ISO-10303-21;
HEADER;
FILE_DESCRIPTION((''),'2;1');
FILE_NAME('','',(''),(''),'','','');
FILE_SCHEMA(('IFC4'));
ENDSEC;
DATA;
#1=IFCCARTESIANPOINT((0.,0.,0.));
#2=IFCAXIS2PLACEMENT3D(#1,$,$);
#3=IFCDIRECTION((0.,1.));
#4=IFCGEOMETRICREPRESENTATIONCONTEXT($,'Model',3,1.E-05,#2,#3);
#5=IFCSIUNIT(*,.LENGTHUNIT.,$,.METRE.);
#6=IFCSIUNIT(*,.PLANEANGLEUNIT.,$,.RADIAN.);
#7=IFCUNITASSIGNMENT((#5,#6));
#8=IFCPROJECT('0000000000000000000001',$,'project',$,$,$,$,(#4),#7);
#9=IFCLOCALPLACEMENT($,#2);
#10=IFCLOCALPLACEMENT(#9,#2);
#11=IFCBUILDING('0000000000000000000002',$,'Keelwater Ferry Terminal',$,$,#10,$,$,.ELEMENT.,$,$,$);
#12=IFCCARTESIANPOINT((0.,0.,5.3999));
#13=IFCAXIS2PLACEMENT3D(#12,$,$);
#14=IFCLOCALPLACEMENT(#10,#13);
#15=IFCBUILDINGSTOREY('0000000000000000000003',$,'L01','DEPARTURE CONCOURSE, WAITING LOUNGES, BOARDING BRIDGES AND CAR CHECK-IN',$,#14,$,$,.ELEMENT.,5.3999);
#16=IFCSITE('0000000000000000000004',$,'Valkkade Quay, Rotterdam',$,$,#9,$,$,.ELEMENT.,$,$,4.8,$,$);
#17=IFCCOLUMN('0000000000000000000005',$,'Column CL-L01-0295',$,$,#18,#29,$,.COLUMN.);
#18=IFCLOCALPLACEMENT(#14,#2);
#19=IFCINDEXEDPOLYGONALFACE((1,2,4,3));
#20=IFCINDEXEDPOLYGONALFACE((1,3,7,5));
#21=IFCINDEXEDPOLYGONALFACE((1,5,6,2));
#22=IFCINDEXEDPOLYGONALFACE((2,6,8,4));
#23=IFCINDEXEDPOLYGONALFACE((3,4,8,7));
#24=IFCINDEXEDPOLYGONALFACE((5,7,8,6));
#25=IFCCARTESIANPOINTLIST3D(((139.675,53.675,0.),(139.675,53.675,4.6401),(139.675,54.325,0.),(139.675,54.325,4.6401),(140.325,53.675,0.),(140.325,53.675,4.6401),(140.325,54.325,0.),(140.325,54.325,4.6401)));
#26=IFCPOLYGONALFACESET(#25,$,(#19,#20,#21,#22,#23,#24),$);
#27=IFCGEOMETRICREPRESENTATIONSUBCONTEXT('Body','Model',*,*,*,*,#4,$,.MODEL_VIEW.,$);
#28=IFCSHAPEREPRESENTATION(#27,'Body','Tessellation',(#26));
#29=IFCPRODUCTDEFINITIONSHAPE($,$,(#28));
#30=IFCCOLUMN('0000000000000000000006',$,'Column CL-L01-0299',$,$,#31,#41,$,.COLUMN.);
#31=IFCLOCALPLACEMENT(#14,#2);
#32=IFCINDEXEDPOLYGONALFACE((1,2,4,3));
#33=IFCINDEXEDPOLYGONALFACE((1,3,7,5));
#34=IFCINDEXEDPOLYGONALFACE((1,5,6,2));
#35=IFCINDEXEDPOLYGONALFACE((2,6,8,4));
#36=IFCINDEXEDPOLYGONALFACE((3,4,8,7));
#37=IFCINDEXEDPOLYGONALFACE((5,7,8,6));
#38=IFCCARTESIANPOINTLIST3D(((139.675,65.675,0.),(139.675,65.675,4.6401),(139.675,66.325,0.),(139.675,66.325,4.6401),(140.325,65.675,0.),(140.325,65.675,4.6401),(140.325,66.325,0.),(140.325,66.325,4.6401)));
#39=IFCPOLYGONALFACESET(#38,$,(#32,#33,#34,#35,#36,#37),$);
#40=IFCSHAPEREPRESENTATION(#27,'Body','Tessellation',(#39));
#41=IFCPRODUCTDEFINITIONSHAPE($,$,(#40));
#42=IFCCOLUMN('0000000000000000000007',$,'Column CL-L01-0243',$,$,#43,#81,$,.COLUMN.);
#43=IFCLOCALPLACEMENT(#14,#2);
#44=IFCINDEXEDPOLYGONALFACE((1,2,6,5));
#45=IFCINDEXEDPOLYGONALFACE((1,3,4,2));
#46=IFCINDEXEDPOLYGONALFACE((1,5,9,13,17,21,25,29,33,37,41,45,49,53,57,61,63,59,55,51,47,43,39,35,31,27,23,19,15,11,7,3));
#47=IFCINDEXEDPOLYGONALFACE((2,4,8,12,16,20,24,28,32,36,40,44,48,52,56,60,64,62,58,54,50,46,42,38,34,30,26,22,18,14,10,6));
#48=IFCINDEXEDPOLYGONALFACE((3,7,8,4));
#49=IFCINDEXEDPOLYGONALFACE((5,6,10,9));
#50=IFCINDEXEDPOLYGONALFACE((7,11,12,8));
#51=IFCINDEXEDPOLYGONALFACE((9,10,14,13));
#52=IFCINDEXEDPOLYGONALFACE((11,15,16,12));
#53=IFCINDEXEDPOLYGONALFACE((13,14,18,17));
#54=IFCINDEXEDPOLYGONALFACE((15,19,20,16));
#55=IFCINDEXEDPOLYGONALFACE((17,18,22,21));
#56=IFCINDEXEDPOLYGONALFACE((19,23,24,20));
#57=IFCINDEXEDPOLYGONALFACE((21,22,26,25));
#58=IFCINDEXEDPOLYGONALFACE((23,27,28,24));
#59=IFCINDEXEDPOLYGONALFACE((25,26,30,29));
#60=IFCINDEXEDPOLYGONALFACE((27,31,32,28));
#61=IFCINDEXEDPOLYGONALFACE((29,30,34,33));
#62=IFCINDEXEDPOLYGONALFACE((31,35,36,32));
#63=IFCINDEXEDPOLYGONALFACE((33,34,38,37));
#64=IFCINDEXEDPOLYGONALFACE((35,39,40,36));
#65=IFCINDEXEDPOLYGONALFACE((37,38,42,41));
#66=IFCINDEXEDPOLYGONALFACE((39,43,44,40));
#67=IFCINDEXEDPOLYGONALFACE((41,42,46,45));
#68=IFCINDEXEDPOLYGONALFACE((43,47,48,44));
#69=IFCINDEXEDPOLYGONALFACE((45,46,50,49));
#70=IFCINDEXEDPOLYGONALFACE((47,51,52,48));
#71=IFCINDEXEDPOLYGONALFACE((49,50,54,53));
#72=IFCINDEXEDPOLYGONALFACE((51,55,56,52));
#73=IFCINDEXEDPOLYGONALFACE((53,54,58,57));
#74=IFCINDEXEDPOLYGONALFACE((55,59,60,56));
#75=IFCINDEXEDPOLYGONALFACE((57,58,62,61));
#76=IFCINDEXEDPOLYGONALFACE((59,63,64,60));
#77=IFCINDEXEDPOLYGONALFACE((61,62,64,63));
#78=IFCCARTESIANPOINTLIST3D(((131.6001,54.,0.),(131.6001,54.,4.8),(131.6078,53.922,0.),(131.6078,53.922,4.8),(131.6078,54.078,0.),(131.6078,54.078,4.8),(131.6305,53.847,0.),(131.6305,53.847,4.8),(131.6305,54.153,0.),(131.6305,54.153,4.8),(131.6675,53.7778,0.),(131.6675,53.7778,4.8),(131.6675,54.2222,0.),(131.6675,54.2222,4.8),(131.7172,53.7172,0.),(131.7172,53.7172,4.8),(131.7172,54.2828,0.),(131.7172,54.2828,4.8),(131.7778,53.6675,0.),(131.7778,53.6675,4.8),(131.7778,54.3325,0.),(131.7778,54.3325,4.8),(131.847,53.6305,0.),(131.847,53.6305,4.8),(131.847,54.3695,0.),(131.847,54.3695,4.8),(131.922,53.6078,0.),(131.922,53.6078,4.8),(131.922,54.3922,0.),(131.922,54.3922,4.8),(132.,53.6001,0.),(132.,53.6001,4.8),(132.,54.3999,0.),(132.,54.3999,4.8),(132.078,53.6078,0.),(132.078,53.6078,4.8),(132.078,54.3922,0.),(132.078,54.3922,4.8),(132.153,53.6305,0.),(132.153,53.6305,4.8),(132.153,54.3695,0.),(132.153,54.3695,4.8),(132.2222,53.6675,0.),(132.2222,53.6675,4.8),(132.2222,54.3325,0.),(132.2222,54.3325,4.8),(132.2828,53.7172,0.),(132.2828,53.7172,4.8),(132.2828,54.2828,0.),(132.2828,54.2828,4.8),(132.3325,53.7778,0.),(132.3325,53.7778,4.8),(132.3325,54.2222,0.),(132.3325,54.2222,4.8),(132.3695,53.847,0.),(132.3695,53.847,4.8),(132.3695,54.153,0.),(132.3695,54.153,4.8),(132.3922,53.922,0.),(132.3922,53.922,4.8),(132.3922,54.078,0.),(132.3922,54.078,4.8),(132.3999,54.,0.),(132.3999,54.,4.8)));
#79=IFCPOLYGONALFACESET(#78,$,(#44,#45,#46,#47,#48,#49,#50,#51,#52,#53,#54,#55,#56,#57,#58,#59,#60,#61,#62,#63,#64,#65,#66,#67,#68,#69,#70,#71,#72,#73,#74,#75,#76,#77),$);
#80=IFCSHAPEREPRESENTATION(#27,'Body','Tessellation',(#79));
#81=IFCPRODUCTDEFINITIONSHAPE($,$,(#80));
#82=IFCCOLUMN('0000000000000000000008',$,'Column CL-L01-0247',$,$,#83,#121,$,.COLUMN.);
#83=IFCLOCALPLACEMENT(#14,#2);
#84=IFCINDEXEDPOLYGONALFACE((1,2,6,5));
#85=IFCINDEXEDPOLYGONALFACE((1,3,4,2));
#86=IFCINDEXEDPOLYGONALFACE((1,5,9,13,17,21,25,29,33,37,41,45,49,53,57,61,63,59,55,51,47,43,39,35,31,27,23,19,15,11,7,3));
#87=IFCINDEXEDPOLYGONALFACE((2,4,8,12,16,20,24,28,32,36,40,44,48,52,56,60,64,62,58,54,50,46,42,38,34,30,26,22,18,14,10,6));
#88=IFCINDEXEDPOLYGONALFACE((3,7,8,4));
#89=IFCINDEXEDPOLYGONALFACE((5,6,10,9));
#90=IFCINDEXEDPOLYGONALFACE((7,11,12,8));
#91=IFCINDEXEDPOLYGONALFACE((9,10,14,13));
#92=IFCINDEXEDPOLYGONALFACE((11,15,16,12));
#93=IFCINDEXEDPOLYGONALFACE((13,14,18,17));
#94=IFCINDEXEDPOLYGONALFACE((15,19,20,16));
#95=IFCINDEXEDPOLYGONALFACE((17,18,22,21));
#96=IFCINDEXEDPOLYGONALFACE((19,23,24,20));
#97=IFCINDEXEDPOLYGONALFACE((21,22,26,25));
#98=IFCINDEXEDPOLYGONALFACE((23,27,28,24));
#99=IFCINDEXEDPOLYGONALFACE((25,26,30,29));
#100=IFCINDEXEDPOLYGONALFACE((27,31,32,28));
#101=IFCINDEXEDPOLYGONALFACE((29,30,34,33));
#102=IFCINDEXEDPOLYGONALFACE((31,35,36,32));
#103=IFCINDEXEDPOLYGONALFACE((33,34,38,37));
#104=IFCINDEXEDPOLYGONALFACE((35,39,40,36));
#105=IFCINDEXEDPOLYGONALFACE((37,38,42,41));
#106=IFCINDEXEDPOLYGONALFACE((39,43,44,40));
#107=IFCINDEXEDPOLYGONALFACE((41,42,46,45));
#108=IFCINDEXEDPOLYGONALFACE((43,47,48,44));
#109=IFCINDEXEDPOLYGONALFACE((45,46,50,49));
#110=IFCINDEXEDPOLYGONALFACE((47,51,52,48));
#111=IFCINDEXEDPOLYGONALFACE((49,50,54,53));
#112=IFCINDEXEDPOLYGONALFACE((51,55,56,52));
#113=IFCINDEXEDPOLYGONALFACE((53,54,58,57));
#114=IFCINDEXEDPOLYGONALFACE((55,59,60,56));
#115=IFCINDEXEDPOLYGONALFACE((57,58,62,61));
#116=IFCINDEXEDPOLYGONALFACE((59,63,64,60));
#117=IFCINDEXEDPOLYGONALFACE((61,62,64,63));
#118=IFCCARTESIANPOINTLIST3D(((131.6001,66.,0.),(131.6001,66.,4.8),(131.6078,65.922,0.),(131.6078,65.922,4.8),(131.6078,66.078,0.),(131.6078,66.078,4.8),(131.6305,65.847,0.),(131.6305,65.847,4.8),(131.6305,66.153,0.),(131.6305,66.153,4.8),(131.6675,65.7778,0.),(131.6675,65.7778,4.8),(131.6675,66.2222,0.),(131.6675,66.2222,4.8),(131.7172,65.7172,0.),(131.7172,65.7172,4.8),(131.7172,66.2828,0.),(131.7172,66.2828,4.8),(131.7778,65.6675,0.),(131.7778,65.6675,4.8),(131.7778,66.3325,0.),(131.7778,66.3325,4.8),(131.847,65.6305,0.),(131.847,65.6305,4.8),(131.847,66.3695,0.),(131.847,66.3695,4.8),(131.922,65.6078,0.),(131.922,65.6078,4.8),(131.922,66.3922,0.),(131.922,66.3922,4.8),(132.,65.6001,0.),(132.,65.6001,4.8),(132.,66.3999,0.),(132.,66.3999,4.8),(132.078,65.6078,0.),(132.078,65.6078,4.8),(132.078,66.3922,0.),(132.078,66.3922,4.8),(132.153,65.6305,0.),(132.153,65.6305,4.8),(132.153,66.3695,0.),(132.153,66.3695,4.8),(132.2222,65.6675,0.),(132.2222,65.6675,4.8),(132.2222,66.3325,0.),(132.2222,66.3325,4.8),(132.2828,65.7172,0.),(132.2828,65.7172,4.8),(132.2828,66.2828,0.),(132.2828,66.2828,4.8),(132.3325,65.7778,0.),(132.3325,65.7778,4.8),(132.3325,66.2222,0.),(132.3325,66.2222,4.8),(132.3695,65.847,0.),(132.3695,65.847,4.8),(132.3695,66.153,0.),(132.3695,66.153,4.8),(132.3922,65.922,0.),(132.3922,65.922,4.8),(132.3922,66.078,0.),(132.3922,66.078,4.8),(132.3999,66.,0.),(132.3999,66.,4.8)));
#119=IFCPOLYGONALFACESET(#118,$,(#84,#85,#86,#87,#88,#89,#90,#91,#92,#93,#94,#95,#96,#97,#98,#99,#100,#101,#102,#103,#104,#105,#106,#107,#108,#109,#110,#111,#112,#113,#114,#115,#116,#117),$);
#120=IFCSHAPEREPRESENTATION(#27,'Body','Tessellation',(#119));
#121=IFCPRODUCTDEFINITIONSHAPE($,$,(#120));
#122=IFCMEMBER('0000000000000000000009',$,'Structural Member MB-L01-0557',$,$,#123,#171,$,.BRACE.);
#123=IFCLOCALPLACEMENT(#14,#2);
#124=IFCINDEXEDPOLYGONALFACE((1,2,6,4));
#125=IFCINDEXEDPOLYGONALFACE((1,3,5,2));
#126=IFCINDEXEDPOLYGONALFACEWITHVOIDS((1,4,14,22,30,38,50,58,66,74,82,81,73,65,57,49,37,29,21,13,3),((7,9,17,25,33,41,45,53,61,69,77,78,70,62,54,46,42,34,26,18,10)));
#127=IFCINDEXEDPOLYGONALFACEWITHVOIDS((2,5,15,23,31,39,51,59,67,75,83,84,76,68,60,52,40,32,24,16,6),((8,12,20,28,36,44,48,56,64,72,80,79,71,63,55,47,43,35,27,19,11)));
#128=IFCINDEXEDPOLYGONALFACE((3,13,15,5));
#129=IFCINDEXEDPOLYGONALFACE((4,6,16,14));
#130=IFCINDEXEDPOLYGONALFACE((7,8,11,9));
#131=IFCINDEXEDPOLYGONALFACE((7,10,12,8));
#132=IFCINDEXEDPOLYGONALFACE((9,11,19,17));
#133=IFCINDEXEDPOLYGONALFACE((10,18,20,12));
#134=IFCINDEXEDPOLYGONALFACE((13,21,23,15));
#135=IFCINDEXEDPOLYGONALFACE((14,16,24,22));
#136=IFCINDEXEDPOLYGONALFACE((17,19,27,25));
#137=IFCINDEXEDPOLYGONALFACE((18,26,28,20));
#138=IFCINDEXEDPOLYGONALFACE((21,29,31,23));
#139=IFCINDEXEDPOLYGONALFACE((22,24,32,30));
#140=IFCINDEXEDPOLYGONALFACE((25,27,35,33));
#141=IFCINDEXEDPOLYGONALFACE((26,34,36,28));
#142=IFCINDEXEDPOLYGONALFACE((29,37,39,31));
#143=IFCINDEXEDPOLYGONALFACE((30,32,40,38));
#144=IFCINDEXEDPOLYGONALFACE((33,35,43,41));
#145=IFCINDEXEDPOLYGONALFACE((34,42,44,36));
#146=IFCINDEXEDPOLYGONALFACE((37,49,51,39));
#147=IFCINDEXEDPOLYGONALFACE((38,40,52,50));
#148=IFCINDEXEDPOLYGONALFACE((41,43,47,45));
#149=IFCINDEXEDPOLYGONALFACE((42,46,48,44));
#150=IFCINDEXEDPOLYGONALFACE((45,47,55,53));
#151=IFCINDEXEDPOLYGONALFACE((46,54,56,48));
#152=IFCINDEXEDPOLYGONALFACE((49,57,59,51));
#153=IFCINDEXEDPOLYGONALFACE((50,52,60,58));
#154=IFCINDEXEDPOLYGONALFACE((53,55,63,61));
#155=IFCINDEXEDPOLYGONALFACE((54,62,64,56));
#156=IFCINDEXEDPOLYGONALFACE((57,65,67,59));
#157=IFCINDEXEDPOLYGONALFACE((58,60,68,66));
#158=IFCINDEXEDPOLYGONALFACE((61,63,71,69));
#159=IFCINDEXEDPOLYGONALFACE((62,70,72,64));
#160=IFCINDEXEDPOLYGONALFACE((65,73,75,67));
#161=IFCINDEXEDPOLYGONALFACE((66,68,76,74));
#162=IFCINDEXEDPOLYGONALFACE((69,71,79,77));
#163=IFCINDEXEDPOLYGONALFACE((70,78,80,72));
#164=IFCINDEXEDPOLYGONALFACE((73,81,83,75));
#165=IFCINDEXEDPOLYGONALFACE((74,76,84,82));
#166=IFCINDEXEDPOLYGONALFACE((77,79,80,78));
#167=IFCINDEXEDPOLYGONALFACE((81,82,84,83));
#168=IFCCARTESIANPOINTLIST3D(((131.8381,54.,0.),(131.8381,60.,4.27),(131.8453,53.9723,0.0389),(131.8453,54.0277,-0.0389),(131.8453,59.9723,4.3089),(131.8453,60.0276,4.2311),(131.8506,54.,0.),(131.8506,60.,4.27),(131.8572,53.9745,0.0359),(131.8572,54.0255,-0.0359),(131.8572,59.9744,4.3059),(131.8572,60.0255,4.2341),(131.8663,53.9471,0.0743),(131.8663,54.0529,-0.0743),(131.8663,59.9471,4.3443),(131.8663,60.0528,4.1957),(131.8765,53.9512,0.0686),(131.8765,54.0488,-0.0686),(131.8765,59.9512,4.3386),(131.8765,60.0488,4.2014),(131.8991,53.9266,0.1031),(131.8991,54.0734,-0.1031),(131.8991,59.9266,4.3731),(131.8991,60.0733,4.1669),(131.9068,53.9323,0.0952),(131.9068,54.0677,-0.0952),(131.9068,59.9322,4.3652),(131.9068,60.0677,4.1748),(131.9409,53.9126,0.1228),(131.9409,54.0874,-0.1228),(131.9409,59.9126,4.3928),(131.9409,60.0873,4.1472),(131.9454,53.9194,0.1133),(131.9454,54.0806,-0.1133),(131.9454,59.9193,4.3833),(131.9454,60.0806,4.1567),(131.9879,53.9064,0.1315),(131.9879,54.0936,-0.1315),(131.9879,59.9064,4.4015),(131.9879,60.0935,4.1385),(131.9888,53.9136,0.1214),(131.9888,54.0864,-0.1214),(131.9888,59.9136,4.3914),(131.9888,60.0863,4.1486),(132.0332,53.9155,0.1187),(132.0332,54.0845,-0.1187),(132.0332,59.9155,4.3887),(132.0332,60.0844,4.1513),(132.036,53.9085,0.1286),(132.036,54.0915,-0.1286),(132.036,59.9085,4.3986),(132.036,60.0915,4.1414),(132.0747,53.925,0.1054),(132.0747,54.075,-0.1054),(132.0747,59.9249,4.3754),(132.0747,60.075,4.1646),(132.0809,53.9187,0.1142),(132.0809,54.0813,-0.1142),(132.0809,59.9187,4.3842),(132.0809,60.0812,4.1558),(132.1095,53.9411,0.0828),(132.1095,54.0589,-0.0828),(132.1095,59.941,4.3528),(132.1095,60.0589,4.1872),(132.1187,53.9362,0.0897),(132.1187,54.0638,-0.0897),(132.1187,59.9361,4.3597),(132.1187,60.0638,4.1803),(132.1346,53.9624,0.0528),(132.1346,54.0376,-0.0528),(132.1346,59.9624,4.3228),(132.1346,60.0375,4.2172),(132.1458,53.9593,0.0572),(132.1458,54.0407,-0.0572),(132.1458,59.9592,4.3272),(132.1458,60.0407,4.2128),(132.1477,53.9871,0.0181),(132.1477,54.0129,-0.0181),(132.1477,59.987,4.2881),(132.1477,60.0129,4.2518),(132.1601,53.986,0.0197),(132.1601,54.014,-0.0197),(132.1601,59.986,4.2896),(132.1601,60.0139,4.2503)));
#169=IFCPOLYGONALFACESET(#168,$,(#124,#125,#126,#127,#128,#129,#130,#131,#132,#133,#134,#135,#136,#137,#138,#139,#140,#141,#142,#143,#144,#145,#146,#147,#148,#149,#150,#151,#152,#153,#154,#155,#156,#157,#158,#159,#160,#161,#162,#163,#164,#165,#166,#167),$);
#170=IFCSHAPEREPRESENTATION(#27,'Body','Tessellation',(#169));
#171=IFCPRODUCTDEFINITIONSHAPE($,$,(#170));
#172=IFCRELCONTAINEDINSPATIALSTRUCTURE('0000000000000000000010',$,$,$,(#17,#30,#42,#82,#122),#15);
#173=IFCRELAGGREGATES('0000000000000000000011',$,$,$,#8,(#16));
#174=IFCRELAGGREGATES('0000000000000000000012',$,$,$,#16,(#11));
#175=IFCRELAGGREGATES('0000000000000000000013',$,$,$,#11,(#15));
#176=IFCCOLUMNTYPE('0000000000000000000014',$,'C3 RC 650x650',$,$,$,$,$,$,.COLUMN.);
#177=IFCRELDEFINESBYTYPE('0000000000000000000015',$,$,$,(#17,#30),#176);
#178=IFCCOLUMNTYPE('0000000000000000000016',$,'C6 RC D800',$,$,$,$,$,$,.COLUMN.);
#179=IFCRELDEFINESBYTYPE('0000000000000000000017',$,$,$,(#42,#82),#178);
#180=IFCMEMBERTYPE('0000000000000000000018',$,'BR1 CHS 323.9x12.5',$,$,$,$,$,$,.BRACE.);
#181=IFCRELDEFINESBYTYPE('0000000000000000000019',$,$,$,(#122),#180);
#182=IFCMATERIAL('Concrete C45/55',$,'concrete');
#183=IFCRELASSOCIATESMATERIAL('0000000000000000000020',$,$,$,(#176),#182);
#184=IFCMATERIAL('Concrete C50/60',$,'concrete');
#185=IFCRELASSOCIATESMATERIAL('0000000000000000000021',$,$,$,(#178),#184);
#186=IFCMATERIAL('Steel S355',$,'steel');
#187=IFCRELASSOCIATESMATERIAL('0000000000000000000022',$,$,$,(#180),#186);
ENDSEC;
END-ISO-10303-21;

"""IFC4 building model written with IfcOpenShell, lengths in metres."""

from ifc_helpers import new_model, si_unit, direction, frame, origin, origin_2d, place, context, subcontext, project, spatial, rectangle, circle, hollow_circle, extrude, material, material_profile, profile_set, type_object, element, save


model = new_model("IFC4")

# Units and contexts
model_context = context("Model", 3, precision=1e-05, world=origin(), true_north=direction((0.0, 1.0)))
body_context = subcontext(model_context, "Body", "Model", "MODEL_VIEW")
ifc_project = project(units=[si_unit("LENGTHUNIT", "METRE"), si_unit("PLANEANGLEUNIT", "RADIAN")], contexts=[model_context])

# Site, building, storey
site_placement = place(None, origin())
site = spatial("IfcSite", under=ifc_project, at=site_placement, Name="Valkkade Quay, Rotterdam", CompositionType="ELEMENT", RefElevation=4.8)
building_placement = place(site_placement, origin())
building = spatial("IfcBuilding", under=site, at=building_placement, Name="Keelwater Ferry Terminal", CompositionType="ELEMENT")
storey_placement = place(building_placement, frame((0.0, 0.0, 5.3999)))
storey = spatial("IfcBuildingStorey", under=building, at=storey_placement, Name="L01", Description="DEPARTURE CONCOURSE, WAITING LOUNGES, BOARDING BRIDGES AND CAR CHECK-IN", CompositionType="ELEMENT", Elevation=5.3999)

# Columns
ifc_material_1 = material(Name="Concrete C45/55", Category="concrete")
ifc_material_profile_1 = material_profile(ifc_material_1, rectangle(XDim=0.6499, YDim=0.6499, at=origin_2d()), Name="RC 650x650")
ifc_profile_set_1 = profile_set([ifc_material_profile_1], Name="Concrete C45/55")
column_type_1 = type_object("IfcColumnType", Name="C3 RC 650x650", PredefinedType="COLUMN", material=ifc_profile_set_1)
for number, where, z_axis, x_axis, name in (
    (1, (140.0, 54.0, 0.0), (0.0, 0.0, 1.0), (1.0, 0.0, 0.0), "Column CL-L01-0295"),
    (2, (140.0, 66.0, 0.0), (0.0, 0.0, 1.0), (1.0, 0.0, 0.0), "Column CL-L01-0299"),
):
    element("IfcColumn", number, at=place(storey_placement, frame(where, z_axis=z_axis, x_axis=x_axis)), inside=storey, type_object=column_type_1, Name=name, PredefinedType="COLUMN", context=body_context, shape_type="SweptSolid", body=[
        extrude(rectangle(XDim=0.6499, YDim=0.6499, at=origin_2d()), origin(), (0.0, 0.0, 1.0), 4.6401),
    ])
ifc_material_2 = material(Name="Concrete C50/60", Category="concrete")
ifc_material_profile_2 = material_profile(ifc_material_2, circle(Radius=0.3999, at=origin_2d()), Name="RC D800")
ifc_profile_set_2 = profile_set([ifc_material_profile_2], Name="Concrete C50/60")
column_type_2 = type_object("IfcColumnType", Name="C6 RC D800", PredefinedType="COLUMN", material=ifc_profile_set_2)
for number, where, z_axis, x_axis, name in (
    (3, (132.0, 54.0, 0.0), (0.0, 0.0, 1.0), (1.0, 0.0, 0.0), "Column CL-L01-0243"),
    (4, (132.0, 66.0, 0.0), (0.0, 0.0, 1.0), (1.0, 0.0, 0.0), "Column CL-L01-0247"),
):
    element("IfcColumn", number, at=place(storey_placement, frame(where, z_axis=z_axis, x_axis=x_axis)), inside=storey, type_object=column_type_2, Name=name, PredefinedType="COLUMN", context=body_context, shape_type="SweptSolid", body=[
        extrude(circle(Radius=0.3999, at=origin_2d()), origin(), (0.0, 0.0, 1.0), 4.8),
    ])

# Member
ifc_material_3 = material(Name="Steel S355", Category="steel")
ifc_material_profile_3 = material_profile(ifc_material_3, hollow_circle(Radius=0.1619, WallThickness=0.0125, at=origin_2d()), Name="CHS 323.9x12.5")
ifc_profile_set_3 = profile_set([ifc_material_profile_3], Name="Steel S355")
member_type = type_object("IfcMemberType", Name="BR1 CHS 323.9x12.5", PredefinedType="BRACE", material=ifc_profile_set_3)
for number, where, z_axis, x_axis, name in (
    (5, (132.0, 54.0, 0.0), (0.0, 0.81474, 0.579826), (-1.0, 0.0, 0.0), "Structural Member MB-L01-0557"),
):
    element("IfcMember", number, at=place(storey_placement, frame(where, z_axis=z_axis, x_axis=x_axis)), inside=storey, type_object=member_type, Name=name, PredefinedType="BRACE", context=body_context, shape_type="SweptSolid", body=[
        extrude(hollow_circle(Radius=0.1619, WallThickness=0.0125, at=origin_2d()), origin(), (0.0, 0.0, 1.0), 7.3643),
    ])

save(model, "model.ifc")
